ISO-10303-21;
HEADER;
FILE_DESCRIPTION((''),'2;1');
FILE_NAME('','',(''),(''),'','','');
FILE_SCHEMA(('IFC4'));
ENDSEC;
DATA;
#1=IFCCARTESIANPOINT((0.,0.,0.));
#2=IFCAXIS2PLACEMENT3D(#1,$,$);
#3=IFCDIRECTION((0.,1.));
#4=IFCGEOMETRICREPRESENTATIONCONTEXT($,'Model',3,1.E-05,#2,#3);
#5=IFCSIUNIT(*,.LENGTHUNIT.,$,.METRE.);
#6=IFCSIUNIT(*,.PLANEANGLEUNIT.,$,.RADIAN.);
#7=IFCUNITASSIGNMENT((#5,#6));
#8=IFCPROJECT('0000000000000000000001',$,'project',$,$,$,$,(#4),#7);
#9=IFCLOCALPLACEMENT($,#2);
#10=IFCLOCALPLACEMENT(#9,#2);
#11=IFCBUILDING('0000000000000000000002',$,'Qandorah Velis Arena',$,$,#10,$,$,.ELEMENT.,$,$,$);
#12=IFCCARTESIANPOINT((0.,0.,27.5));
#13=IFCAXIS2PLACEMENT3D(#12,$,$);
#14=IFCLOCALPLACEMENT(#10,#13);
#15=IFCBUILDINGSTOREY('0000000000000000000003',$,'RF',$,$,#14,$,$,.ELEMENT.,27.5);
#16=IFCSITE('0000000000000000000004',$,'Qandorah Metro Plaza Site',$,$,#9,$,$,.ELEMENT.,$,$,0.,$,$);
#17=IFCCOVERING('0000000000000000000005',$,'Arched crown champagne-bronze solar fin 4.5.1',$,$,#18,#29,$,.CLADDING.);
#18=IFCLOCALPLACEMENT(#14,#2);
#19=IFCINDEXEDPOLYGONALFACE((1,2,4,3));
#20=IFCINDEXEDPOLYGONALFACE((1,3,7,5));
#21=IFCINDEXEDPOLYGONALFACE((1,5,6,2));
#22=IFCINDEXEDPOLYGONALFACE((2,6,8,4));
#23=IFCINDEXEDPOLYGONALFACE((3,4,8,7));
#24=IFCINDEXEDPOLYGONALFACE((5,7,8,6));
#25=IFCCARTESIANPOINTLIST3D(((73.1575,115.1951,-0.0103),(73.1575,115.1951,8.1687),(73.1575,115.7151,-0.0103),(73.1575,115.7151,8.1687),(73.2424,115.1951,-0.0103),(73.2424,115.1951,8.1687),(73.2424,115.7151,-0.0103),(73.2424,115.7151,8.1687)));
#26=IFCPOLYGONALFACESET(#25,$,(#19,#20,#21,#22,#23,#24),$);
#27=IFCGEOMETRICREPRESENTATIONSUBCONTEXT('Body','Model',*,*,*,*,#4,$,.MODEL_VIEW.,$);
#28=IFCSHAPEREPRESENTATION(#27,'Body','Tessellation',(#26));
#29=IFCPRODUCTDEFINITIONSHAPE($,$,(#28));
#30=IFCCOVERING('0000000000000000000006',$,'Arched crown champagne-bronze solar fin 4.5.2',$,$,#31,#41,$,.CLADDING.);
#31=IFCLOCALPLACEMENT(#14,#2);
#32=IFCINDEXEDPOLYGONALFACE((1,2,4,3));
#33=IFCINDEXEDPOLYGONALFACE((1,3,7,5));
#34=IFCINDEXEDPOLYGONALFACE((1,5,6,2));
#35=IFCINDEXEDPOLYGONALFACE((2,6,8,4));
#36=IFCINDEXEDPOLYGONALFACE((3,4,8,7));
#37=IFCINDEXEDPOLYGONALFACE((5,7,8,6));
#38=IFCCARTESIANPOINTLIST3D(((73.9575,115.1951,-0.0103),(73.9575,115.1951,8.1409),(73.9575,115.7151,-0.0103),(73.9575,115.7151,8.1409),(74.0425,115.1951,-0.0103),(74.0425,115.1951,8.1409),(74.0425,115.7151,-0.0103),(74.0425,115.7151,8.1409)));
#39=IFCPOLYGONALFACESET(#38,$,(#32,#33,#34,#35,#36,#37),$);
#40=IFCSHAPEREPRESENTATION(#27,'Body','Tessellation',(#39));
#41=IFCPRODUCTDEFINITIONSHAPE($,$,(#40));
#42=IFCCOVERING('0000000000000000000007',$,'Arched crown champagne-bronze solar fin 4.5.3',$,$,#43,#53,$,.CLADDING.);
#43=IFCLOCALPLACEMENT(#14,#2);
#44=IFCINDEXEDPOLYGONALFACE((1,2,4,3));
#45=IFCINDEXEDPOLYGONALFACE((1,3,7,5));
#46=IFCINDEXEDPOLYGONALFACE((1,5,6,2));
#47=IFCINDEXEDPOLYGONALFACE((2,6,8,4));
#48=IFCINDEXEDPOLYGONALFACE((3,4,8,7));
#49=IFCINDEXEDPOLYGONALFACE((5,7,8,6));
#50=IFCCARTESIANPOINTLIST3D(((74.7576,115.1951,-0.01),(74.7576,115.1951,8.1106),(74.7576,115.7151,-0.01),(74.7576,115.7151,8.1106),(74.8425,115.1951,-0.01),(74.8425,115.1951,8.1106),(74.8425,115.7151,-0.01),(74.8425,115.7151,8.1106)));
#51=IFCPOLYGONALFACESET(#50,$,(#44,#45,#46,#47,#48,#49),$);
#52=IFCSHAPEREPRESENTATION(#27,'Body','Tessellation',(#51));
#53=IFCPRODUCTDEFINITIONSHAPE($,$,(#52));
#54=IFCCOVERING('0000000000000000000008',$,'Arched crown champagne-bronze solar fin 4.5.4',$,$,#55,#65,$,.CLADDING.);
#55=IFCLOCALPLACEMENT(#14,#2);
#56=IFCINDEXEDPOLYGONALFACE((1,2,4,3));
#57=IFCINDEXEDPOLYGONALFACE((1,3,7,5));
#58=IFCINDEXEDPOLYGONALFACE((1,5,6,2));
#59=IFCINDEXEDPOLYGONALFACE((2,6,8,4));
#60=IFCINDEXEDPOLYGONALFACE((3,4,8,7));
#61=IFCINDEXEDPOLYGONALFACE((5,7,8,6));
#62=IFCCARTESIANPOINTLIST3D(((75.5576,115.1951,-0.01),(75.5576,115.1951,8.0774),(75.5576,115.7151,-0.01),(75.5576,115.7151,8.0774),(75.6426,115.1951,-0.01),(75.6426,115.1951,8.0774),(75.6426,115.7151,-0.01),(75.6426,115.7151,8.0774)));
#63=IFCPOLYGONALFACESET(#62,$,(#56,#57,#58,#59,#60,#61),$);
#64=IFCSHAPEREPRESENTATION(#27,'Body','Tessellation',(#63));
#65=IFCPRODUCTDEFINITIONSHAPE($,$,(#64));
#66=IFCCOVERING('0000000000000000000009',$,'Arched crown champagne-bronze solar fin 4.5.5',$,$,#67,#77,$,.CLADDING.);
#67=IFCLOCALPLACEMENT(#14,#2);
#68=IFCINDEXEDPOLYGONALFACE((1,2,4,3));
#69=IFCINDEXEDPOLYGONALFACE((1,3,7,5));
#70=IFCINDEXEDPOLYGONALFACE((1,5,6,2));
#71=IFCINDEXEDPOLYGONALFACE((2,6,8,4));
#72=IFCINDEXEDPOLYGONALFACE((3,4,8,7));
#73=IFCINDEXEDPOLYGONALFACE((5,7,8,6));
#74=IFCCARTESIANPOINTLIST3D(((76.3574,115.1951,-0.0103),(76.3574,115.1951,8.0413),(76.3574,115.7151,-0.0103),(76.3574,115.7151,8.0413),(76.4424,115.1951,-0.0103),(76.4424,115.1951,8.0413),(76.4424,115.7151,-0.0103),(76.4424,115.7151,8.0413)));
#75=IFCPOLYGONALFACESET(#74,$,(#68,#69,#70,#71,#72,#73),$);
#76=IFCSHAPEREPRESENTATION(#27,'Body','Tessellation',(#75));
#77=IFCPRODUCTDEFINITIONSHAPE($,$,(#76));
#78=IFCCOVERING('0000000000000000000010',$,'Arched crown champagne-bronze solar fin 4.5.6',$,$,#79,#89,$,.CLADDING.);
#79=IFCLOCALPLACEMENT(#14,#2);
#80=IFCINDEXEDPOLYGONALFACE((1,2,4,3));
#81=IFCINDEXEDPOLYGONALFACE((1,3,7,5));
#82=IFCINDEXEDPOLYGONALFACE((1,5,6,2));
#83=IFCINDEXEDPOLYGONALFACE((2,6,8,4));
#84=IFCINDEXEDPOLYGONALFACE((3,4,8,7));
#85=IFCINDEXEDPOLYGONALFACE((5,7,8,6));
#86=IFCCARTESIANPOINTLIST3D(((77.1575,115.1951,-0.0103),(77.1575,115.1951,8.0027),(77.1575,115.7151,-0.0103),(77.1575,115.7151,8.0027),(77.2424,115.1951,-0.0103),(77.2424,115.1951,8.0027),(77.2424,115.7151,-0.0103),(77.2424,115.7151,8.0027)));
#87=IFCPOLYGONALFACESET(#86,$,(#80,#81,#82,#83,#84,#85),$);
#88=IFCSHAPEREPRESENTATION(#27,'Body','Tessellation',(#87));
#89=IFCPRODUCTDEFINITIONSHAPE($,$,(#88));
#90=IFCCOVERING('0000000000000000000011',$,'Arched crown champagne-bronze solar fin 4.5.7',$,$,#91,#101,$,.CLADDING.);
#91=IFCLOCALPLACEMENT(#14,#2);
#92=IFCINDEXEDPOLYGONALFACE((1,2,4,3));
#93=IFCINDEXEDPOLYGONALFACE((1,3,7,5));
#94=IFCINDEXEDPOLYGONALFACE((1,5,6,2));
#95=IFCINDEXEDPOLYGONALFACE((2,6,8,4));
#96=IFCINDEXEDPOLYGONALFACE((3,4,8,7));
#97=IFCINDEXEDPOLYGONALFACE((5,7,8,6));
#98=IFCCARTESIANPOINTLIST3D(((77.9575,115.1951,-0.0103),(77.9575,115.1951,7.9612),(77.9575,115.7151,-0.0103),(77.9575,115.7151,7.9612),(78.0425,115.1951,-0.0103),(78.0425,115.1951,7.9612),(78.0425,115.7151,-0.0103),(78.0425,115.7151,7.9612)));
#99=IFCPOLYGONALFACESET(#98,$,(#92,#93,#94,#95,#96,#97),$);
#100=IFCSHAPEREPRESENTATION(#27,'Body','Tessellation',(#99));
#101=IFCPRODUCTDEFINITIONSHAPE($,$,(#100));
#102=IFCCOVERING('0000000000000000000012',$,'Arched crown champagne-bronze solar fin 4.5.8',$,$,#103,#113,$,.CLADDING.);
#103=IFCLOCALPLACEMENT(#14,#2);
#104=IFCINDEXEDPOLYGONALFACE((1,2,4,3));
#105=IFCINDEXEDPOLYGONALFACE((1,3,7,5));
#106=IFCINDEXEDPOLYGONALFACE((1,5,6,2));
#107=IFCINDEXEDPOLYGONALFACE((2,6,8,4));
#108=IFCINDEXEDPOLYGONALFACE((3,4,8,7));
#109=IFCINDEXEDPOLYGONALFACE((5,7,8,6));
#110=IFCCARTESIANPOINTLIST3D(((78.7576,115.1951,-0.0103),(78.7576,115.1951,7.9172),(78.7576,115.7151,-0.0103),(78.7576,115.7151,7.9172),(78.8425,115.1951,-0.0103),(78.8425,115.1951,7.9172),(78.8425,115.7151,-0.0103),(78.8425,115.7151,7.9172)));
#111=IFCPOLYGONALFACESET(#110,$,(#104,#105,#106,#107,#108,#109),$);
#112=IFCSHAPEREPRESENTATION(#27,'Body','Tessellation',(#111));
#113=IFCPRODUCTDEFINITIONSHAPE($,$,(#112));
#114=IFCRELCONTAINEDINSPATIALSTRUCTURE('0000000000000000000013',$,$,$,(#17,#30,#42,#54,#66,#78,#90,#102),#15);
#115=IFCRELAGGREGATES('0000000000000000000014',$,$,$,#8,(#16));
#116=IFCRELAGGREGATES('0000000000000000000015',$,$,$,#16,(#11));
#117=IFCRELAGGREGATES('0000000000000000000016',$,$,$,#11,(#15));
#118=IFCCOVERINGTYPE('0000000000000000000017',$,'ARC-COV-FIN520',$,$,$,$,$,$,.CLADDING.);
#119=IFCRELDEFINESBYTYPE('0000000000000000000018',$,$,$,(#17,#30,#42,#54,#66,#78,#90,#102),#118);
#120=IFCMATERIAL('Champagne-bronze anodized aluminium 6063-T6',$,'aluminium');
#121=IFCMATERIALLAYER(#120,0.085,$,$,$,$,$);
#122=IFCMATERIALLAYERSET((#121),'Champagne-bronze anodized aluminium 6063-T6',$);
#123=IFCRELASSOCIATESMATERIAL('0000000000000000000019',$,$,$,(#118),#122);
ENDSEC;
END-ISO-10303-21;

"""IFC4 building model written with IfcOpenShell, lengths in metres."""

from ifc_helpers import new_model, si_unit, direction, frame, origin, origin_2d, place, context, subcontext, project, spatial, rectangle, extrude, material, layer, layer_set, type_object, element, save


model = new_model("IFC4")

# Units and contexts
model_context = context("Model", 3, precision=1e-05, world=origin(), true_north=direction((0.0, 1.0)))
body_context = subcontext(model_context, "Body", "Model", "MODEL_VIEW")
ifc_project = project(units=[si_unit("LENGTHUNIT", "METRE"), si_unit("PLANEANGLEUNIT", "RADIAN")], contexts=[model_context])

# Site, building, storey
site_placement = place(None, origin())
site = spatial("IfcSite", under=ifc_project, at=site_placement, Name="Qandorah Metro Plaza Site", CompositionType="ELEMENT", RefElevation=0.0)
building_placement = place(site_placement, origin())
building = spatial("IfcBuilding", under=site, at=building_placement, Name="Qandorah Velis Arena", CompositionType="ELEMENT")
storey_placement = place(building_placement, frame((0.0, 0.0, 27.5)))
storey = spatial("IfcBuildingStorey", under=building, at=storey_placement, Name="RF", CompositionType="ELEMENT", Elevation=27.5)

# Shared definitions
ifc_material_1 = material(Name="Champagne-bronze anodized aluminium 6063-T6", Category="aluminium")

# Coverings
ifc_layer_1 = layer(ifc_material_1, 0.085)
ifc_layer_set_1 = layer_set([ifc_layer_1], Name="Champagne-bronze anodized aluminium 6063-T6")
covering_type = type_object("IfcCoveringType", Name="ARC-COV-FIN520", PredefinedType="CLADDING", material=ifc_layer_set_1)
covering_1_placement = place(storey_placement, frame((73.2, 115.4551, -0.0103), z_axis=(0.0, 0.0, 1.0), x_axis=(1.0, 0.0, 0.0)))
element("IfcCovering", 1, at=covering_1_placement, inside=storey, type_object=covering_type, Name="Arched crown champagne-bronze solar fin 4.5.1", PredefinedType="CLADDING", context=body_context, shape_type="SweptSolid", body=[
    extrude(rectangle(XDim=0.085, YDim=0.52, at=origin_2d()), origin(), (0.0, 0.0, 1.0), 8.179),
])
covering_2_placement = place(storey_placement, frame((74.0, 115.4551, -0.0103), z_axis=(0.0, 0.0, 1.0), x_axis=(1.0, 0.0, 0.0)))
element("IfcCovering", 2, at=covering_2_placement, inside=storey, type_object=covering_type, Name="Arched crown champagne-bronze solar fin 4.5.2", PredefinedType="CLADDING", context=body_context, shape_type="SweptSolid", body=[
    extrude(rectangle(XDim=0.085, YDim=0.52, at=origin_2d()), origin(), (0.0, 0.0, 1.0), 8.1511),
])
covering_3_placement = place(storey_placement, frame((74.8, 115.4551, -0.01), z_axis=(0.0, 0.0, 1.0), x_axis=(1.0, 0.0, 0.0)))
element("IfcCovering", 3, at=covering_3_placement, inside=storey, type_object=covering_type, Name="Arched crown champagne-bronze solar fin 4.5.3", PredefinedType="CLADDING", context=body_context, shape_type="SweptSolid", body=[
    extrude(rectangle(XDim=0.085, YDim=0.52, at=origin_2d()), origin(), (0.0, 0.0, 1.0), 8.1206),
])
covering_4_placement = place(storey_placement, frame((75.6001, 115.4551, -0.01), z_axis=(0.0, 0.0, 1.0), x_axis=(1.0, 0.0, 0.0)))
element("IfcCovering", 4, at=covering_4_placement, inside=storey, type_object=covering_type, Name="Arched crown champagne-bronze solar fin 4.5.4", PredefinedType="CLADDING", context=body_context, shape_type="SweptSolid", body=[
    extrude(rectangle(XDim=0.085, YDim=0.52, at=origin_2d()), origin(), (0.0, 0.0, 1.0), 8.0874),
])
covering_5_placement = place(storey_placement, frame((76.3999, 115.4551, -0.0103), z_axis=(0.0, 0.0, 1.0), x_axis=(1.0, 0.0, 0.0)))
element("IfcCovering", 5, at=covering_5_placement, inside=storey, type_object=covering_type, Name="Arched crown champagne-bronze solar fin 4.5.5", PredefinedType="CLADDING", context=body_context, shape_type="SweptSolid", body=[
    extrude(rectangle(XDim=0.085, YDim=0.52, at=origin_2d()), origin(), (0.0, 0.0, 1.0), 8.0515),
])
covering_6_placement = place(storey_placement, frame((77.2, 115.4551, -0.0103), z_axis=(0.0, 0.0, 1.0), x_axis=(1.0, 0.0, 0.0)))
element("IfcCovering", 6, at=covering_6_placement, inside=storey, type_object=covering_type, Name="Arched crown champagne-bronze solar fin 4.5.6", PredefinedType="CLADDING", context=body_context, shape_type="SweptSolid", body=[
    extrude(rectangle(XDim=0.085, YDim=0.52, at=origin_2d()), origin(), (0.0, 0.0, 1.0), 8.0129),
])
covering_7_placement = place(storey_placement, frame((78.0, 115.4551, -0.0103), z_axis=(0.0, 0.0, 1.0), x_axis=(1.0, 0.0, 0.0)))
element("IfcCovering", 7, at=covering_7_placement, inside=storey, type_object=covering_type, Name="Arched crown champagne-bronze solar fin 4.5.7", PredefinedType="CLADDING", context=body_context, shape_type="SweptSolid", body=[
    extrude(rectangle(XDim=0.085, YDim=0.52, at=origin_2d()), origin(), (0.0, 0.0, 1.0), 7.9714),
])
covering_8_placement = place(storey_placement, frame((78.8, 115.4551, -0.0103), z_axis=(0.0, 0.0, 1.0), x_axis=(1.0, 0.0, 0.0)))
element("IfcCovering", 8, at=covering_8_placement, inside=storey, type_object=covering_type, Name="Arched crown champagne-bronze solar fin 4.5.8", PredefinedType="CLADDING", context=body_context, shape_type="SweptSolid", body=[
    extrude(rectangle(XDim=0.085, YDim=0.52, at=origin_2d()), origin(), (0.0, 0.0, 1.0), 7.9275),
])

save(model, "model.ifc")
